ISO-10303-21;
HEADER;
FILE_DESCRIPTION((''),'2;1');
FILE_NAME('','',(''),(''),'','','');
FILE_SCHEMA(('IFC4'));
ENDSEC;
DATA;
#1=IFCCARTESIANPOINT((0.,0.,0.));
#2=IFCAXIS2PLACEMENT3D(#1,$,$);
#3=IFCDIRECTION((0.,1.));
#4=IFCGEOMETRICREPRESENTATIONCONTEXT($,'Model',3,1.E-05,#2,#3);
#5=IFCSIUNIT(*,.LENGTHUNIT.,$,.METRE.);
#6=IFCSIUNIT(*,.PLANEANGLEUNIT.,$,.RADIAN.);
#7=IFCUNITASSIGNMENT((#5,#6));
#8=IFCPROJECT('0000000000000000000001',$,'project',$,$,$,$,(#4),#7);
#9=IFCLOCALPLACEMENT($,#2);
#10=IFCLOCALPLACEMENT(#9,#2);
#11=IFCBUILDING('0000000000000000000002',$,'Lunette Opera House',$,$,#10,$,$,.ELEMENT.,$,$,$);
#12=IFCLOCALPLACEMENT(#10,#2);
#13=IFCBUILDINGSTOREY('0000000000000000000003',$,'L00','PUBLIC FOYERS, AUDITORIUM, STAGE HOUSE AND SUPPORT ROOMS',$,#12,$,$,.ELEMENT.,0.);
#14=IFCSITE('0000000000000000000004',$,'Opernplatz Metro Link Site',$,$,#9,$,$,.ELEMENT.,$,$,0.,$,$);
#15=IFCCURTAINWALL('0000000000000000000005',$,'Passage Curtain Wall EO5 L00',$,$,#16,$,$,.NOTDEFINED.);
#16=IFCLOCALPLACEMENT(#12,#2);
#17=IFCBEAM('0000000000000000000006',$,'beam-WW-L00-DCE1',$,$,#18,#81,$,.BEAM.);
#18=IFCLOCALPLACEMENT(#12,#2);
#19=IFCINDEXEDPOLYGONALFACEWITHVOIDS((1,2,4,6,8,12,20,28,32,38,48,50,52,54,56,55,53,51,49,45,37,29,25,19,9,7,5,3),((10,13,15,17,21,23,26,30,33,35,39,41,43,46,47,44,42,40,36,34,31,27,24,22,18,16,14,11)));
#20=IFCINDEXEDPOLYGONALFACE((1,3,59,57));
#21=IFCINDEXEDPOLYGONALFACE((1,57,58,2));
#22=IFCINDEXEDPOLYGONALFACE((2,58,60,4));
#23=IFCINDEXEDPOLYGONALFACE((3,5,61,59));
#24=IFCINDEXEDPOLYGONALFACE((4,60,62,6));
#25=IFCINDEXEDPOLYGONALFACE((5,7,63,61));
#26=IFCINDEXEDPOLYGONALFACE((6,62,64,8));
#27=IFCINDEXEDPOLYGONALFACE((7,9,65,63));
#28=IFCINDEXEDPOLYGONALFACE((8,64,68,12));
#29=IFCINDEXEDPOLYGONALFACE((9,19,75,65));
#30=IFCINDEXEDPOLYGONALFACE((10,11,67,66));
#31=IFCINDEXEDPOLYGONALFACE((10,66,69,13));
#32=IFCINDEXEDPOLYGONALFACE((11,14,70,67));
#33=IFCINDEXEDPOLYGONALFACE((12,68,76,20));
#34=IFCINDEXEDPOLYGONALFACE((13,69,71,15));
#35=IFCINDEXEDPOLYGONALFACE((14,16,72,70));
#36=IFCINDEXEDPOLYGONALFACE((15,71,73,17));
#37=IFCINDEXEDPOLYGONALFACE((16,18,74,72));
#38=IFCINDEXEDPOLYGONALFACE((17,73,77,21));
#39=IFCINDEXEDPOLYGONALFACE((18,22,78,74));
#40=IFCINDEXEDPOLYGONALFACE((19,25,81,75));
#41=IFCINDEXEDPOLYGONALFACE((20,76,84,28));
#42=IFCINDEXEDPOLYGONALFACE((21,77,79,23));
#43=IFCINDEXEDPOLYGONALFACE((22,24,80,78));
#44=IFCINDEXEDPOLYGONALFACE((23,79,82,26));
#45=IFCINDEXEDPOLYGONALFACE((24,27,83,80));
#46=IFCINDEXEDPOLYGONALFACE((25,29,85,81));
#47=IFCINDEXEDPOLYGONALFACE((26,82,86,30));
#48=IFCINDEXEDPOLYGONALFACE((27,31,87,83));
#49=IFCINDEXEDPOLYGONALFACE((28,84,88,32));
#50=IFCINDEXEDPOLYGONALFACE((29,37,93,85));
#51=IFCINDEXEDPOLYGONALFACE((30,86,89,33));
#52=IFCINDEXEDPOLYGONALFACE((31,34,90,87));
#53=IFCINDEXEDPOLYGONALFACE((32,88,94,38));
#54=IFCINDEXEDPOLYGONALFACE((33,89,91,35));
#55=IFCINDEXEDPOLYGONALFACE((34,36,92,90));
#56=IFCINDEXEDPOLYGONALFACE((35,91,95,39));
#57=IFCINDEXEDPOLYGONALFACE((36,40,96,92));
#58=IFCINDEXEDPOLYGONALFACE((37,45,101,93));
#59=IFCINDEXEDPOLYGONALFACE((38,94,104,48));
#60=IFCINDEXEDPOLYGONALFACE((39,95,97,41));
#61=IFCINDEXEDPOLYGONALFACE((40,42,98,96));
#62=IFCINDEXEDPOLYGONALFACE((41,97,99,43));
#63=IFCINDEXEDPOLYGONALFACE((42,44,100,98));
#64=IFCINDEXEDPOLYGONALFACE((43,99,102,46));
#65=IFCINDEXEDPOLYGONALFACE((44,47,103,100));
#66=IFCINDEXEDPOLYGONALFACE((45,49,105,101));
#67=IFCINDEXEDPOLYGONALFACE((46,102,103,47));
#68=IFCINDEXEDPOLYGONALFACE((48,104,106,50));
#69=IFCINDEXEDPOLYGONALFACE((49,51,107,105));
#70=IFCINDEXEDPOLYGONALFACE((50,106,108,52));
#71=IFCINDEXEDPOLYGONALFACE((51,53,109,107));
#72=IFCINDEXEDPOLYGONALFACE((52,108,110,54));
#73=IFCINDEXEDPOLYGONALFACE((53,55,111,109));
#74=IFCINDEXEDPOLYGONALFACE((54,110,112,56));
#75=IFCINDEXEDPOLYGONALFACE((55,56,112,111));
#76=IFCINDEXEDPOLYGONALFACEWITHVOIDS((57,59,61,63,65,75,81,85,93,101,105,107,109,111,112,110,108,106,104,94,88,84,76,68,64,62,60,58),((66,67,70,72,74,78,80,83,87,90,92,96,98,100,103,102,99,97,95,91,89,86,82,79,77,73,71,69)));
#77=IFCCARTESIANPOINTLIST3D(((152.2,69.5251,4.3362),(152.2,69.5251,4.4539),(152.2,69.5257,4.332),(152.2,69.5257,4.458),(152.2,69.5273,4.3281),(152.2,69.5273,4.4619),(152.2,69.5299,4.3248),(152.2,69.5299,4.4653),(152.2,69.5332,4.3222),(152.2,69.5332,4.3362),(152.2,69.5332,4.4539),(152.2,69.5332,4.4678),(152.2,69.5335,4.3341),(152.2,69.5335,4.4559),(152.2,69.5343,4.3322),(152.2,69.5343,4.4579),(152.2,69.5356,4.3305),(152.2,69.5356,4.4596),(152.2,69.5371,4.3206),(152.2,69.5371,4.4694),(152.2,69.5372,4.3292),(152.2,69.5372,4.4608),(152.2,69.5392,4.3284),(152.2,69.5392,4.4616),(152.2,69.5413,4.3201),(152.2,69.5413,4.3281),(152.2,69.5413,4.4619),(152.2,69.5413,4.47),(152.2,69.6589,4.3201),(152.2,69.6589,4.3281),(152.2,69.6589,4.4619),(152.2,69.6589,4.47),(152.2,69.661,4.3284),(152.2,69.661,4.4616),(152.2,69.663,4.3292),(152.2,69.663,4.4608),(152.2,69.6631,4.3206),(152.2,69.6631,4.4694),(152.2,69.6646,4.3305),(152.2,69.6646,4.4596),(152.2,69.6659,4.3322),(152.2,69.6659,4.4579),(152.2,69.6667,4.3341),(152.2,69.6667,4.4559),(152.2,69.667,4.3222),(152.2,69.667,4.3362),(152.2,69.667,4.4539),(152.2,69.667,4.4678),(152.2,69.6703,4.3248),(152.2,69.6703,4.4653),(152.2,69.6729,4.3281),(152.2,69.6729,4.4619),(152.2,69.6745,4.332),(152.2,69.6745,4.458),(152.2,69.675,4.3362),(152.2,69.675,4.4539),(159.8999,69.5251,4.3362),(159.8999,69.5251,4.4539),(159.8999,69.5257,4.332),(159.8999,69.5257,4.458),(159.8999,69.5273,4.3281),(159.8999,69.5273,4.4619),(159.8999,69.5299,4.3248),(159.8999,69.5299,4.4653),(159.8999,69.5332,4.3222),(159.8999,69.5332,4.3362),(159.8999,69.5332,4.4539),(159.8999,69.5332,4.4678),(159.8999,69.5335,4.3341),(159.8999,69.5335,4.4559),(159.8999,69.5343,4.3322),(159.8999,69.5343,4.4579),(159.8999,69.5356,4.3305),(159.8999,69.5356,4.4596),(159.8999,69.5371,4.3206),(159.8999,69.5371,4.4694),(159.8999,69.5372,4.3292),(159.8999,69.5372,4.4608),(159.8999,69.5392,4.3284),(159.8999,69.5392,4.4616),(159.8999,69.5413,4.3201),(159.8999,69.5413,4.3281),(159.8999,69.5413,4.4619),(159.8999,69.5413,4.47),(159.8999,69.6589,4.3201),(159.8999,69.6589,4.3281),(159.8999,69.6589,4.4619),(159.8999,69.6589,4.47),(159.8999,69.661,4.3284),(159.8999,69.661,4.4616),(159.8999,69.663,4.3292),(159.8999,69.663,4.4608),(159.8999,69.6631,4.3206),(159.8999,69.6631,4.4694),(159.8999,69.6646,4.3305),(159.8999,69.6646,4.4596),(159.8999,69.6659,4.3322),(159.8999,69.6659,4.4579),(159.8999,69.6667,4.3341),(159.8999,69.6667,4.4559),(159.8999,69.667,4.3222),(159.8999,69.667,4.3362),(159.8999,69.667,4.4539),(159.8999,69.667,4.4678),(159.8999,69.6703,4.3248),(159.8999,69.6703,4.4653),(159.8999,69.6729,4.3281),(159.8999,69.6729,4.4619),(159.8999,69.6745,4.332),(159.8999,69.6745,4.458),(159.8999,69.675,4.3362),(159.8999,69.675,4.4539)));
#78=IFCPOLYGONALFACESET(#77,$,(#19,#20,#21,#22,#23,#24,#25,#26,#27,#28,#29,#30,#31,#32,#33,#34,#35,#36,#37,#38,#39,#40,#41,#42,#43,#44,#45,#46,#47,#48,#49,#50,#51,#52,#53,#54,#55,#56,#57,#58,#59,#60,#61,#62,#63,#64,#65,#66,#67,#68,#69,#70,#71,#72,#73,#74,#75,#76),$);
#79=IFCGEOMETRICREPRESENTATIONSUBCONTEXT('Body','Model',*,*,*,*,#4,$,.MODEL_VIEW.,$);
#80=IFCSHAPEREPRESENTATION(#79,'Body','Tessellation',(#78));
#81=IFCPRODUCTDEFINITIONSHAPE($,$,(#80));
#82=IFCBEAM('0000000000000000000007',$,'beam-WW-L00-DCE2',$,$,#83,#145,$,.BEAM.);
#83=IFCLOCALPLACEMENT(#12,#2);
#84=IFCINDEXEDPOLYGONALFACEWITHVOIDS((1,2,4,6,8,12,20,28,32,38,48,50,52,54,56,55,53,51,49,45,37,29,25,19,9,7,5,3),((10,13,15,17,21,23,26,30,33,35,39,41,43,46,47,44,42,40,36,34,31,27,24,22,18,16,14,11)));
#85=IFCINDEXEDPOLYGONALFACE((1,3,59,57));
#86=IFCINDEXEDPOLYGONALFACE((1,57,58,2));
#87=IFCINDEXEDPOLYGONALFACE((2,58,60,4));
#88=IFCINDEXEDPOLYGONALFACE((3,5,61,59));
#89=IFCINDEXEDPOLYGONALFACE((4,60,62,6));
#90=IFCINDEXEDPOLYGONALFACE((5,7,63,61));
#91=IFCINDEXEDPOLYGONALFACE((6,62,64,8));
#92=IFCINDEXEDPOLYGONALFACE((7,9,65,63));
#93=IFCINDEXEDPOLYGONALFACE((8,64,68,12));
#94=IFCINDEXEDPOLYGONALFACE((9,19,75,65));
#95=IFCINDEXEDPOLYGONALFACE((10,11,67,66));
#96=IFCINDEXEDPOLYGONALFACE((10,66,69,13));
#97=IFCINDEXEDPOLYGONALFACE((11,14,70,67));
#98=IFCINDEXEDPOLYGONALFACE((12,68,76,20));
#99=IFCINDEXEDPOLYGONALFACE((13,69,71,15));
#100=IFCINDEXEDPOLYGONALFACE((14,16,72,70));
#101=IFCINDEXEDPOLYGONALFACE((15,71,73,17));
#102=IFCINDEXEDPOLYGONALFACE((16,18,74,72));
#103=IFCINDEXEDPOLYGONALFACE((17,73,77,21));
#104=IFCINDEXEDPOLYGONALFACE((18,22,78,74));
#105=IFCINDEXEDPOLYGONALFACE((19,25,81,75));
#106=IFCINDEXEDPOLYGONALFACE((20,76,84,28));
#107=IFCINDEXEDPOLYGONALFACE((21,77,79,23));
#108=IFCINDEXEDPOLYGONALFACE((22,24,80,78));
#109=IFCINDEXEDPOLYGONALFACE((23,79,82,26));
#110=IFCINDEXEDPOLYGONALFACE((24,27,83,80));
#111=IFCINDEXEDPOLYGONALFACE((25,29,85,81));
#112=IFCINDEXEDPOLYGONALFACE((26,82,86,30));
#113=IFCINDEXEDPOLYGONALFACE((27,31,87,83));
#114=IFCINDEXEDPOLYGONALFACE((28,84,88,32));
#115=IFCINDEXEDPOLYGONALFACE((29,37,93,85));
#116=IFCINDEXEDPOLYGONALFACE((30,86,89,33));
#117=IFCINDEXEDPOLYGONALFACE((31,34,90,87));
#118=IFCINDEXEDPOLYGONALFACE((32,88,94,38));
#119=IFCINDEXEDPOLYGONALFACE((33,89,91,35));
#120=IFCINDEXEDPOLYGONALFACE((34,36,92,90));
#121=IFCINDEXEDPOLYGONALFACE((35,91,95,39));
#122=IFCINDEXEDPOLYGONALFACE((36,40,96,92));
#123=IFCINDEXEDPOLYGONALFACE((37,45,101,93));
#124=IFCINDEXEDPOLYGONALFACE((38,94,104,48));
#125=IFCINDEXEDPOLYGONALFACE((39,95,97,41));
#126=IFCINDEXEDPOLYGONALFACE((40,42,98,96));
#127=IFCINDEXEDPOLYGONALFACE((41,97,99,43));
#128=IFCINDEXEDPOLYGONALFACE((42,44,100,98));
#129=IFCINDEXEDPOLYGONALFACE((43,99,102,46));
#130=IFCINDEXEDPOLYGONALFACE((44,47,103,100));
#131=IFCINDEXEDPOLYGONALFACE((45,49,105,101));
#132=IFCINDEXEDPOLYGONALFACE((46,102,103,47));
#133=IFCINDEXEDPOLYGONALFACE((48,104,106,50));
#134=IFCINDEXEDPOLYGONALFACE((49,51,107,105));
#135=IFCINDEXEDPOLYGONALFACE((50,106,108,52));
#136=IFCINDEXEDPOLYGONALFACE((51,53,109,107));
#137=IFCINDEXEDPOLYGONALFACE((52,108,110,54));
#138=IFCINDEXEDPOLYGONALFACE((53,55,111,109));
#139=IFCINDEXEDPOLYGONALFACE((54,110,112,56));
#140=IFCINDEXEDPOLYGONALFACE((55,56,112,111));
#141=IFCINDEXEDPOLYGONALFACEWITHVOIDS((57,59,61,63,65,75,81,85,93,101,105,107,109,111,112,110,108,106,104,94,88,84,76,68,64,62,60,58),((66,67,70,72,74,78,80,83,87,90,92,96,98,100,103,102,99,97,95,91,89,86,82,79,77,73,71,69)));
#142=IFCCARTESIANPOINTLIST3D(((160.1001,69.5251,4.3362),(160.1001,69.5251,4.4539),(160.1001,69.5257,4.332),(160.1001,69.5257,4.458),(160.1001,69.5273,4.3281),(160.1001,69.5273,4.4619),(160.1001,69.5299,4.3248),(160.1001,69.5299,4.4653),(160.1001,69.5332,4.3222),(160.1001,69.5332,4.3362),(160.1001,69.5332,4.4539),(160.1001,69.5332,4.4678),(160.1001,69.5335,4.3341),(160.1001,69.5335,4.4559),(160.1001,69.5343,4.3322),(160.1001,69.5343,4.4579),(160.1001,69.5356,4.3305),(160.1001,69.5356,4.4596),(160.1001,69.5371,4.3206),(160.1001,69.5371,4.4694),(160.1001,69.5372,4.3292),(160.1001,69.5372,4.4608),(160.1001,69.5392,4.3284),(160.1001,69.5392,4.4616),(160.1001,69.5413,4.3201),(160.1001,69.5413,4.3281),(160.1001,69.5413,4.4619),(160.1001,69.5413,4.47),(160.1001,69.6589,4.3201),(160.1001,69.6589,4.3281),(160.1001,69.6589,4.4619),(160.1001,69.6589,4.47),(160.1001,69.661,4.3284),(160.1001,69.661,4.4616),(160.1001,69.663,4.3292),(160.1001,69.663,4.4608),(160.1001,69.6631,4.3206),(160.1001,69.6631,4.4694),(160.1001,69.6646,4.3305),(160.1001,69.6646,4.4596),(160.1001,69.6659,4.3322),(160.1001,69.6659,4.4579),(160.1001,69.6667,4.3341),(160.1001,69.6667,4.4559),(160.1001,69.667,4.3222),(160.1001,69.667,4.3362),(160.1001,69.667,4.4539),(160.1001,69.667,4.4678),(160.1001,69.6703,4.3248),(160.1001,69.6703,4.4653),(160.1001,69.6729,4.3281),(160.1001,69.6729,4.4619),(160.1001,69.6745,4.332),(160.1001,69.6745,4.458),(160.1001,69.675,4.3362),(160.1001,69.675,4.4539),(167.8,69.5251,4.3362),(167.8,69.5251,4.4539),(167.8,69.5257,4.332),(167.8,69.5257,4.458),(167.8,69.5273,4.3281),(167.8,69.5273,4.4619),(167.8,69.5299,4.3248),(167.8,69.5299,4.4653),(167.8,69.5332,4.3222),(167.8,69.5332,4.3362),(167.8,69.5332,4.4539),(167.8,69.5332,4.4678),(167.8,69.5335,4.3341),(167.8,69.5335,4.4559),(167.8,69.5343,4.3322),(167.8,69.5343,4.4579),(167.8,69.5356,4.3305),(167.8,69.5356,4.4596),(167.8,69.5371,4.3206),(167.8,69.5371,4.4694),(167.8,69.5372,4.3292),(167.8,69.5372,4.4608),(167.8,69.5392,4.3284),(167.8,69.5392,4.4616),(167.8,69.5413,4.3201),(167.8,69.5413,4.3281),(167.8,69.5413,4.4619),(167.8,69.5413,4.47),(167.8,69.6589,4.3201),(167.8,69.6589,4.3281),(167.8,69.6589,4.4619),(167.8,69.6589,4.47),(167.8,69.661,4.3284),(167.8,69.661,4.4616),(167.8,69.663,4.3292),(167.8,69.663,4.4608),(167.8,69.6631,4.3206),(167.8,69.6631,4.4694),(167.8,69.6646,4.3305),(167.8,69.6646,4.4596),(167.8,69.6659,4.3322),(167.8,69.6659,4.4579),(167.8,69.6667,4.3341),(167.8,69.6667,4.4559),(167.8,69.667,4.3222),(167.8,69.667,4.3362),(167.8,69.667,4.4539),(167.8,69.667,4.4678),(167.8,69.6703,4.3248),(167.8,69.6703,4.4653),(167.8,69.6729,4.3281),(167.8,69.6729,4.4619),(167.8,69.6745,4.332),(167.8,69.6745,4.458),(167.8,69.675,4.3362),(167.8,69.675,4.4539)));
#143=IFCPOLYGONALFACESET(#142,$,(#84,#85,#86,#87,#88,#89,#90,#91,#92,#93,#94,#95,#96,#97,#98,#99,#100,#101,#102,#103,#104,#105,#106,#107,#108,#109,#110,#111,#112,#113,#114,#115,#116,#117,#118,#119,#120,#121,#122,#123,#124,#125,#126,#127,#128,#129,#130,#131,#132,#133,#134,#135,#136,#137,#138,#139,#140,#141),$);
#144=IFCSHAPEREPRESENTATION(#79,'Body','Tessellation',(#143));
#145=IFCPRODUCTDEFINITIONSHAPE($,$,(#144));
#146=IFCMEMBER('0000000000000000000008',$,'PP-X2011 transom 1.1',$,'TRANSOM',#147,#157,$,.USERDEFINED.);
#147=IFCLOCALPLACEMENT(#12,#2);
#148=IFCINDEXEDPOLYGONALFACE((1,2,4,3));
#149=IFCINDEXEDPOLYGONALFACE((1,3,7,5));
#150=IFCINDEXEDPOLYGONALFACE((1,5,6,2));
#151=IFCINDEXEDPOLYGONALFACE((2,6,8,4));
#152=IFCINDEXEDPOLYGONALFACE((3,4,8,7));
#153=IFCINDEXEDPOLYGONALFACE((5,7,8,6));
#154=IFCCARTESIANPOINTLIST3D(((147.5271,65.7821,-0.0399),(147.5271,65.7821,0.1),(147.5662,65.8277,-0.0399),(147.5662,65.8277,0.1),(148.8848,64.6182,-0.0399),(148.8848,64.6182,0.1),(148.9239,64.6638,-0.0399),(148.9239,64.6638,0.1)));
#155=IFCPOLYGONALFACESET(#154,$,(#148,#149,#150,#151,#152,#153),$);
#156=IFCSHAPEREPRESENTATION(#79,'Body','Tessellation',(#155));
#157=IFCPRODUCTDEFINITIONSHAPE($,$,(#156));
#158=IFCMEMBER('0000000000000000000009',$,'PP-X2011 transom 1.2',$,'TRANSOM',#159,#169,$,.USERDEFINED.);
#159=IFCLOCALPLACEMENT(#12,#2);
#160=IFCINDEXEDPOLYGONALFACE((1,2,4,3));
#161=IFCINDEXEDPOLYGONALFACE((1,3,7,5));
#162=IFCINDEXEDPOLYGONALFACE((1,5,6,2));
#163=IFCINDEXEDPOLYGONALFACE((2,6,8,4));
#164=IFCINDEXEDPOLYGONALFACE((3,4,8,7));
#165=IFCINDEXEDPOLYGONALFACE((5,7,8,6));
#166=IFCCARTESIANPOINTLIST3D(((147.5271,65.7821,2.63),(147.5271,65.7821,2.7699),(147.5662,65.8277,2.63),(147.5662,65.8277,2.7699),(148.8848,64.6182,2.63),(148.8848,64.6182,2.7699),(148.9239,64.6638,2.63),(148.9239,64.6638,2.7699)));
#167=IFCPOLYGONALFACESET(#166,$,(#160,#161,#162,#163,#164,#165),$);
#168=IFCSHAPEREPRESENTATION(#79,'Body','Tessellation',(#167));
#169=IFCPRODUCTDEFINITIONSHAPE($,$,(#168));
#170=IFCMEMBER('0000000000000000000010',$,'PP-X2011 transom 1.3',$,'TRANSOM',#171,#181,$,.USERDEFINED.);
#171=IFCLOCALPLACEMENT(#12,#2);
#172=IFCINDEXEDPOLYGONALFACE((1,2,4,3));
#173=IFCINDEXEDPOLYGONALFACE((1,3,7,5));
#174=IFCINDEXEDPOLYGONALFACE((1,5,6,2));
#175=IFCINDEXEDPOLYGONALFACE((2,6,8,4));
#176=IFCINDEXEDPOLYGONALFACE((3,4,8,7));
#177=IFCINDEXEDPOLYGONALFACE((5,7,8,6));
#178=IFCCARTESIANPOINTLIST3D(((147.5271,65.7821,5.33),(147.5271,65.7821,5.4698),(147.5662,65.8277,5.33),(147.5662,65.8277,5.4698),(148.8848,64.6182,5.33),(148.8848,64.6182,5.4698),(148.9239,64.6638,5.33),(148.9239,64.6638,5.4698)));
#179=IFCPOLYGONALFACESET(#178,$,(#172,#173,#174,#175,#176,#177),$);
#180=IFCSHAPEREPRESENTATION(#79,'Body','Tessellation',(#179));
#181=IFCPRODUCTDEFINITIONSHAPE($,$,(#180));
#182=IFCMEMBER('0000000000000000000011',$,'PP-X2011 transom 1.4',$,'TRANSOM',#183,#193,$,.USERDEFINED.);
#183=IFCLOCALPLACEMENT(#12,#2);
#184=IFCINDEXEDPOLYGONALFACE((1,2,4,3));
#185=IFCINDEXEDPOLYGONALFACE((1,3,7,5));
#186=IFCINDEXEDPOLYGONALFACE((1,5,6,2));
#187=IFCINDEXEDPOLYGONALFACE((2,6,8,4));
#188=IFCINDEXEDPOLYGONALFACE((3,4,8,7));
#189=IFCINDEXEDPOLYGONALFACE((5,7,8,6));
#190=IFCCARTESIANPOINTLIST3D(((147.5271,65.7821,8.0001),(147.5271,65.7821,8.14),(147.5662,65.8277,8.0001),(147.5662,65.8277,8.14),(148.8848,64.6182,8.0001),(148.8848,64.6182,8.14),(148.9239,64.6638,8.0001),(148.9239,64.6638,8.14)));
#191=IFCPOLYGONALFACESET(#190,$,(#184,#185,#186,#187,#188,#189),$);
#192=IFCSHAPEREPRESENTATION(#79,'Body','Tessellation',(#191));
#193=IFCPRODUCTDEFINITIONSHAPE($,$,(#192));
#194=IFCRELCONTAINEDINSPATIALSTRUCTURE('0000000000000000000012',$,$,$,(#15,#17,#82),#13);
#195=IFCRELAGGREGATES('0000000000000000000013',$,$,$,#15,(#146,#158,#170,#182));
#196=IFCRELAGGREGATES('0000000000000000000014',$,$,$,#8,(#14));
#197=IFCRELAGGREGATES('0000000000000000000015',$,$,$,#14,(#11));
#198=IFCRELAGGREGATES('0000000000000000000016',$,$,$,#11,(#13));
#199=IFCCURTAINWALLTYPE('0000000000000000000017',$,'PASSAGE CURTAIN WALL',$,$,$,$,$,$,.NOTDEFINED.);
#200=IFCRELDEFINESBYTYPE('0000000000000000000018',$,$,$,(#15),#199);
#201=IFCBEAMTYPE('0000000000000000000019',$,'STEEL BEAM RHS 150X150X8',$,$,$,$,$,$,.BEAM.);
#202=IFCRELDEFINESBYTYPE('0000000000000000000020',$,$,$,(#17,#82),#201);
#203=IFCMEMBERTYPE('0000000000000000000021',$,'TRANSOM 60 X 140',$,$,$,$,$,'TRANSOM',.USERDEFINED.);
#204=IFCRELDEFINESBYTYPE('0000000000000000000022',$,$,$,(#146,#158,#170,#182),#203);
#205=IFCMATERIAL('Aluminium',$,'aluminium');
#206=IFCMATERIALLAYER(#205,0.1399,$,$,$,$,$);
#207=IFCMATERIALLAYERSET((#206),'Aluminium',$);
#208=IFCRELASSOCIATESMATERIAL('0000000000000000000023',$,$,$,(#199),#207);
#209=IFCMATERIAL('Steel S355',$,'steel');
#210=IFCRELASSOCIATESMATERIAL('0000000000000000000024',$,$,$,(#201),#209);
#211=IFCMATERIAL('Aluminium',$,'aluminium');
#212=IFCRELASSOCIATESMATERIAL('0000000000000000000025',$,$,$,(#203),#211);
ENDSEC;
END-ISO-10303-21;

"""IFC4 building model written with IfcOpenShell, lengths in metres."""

from ifc_helpers import new_model, si_unit, direction, frame, origin, origin_2d, place, context, subcontext, project, spatial, rectangle, hollow_rectangle, extrude, material, layer, layer_set, material_profile, profile_set, type_object, element, aggregate, save


model = new_model("IFC4")

# Units and contexts
model_context = context("Model", 3, precision=1e-05, world=origin(), true_north=direction((0.0, 1.0)))
body_context = subcontext(model_context, "Body", "Model", "MODEL_VIEW")
ifc_project = project(units=[si_unit("LENGTHUNIT", "METRE"), si_unit("PLANEANGLEUNIT", "RADIAN")], contexts=[model_context])

# Site, building, storey
site_placement = place(None, origin())
site = spatial("IfcSite", under=ifc_project, at=site_placement, Name="Opernplatz Metro Link Site", CompositionType="ELEMENT", RefElevation=0.0)
building_placement = place(site_placement, origin())
building = spatial("IfcBuilding", under=site, at=building_placement, Name="Lunette Opera House", CompositionType="ELEMENT")
storey_placement = place(building_placement, origin())
storey = spatial("IfcBuildingStorey", under=building, at=storey_placement, Name="L00", Description="PUBLIC FOYERS, AUDITORIUM, STAGE HOUSE AND SUPPORT ROOMS", CompositionType="ELEMENT", Elevation=0.0)

# Curtain wall
ifc_material_1 = material(Name="Aluminium", Category="aluminium")
ifc_layer_1 = layer(ifc_material_1, 0.1399)
ifc_layer_set_1 = layer_set([ifc_layer_1], Name="Aluminium")
curtain_wall_type = type_object("IfcCurtainWallType", Name="PASSAGE CURTAIN WALL", PredefinedType="NOTDEFINED", material=ifc_layer_set_1)
curtain_wall_placement = place(storey_placement, origin())
curtain_wall = element("IfcCurtainWall", 1, at=curtain_wall_placement, inside=storey, type_object=curtain_wall_type, Name="Passage Curtain Wall EO5 L00", PredefinedType="NOTDEFINED")

# Beams
ifc_material_2 = material(Name="Steel S355", Category="steel")
ifc_material_profile_1 = material_profile(ifc_material_2, hollow_rectangle(XDim=0.1499, YDim=0.1499, WallThickness=0.0081, InnerFilletRadius=0.0081, OuterFilletRadius=0.0161, at=origin_2d()), Name="RHS 150X150X8")
ifc_profile_set_1 = profile_set([ifc_material_profile_1], Name="Steel S355")
beam_type_1 = type_object("IfcBeamType", Name="STEEL BEAM RHS 150X150X8", PredefinedType="BEAM", material=ifc_profile_set_1)
for number, where, z_axis, x_axis, name in (
    (2, (152.2, 69.6001, 4.395), (1.0, 0.0, 0.0), (0.0, 1.0, 0.0), "beam-WW-L00-DCE1"),
    (3, (160.1001, 69.6001, 4.395), (1.0, 0.0, 0.0), (0.0, 1.0, 0.0), "beam-WW-L00-DCE2"),
):
    element("IfcBeam", number, at=place(storey_placement, frame(where, z_axis=z_axis, x_axis=x_axis)), inside=storey, type_object=beam_type_1, Name=name, PredefinedType="BEAM", context=body_context, shape_type="SweptSolid", body=[
        extrude(hollow_rectangle(XDim=0.1499, YDim=0.1499, WallThickness=0.0081, InnerFilletRadius=0.0081, OuterFilletRadius=0.0161, at=origin_2d()), origin(), (0.0, 0.0, 1.0), 7.7),
    ])

# Members
ifc_material_3 = material(Name="Aluminium", Category="aluminium")
ifc_material_profile_2 = material_profile(ifc_material_3, rectangle(XDim=0.0601, YDim=0.1399, at=origin_2d()), Name="TRANSOM 60 X 140")
ifc_profile_set_2 = profile_set([ifc_material_profile_2], Name="Aluminium")
member_type_1 = type_object("IfcMemberType", Name="TRANSOM 60 X 140", ElementType="TRANSOM", PredefinedType="USERDEFINED", material=ifc_profile_set_2)
member_1_placement = place(storey_placement, frame((147.5466, 65.8049, 0.03), z_axis=(0.759228, -0.650825, 0.0), x_axis=(0.650825, 0.759228, 0.0)))
member_1 = element("IfcMember", 4, at=member_1_placement, type_object=member_type_1, Name="PP-X2011 transom 1.1", ObjectType="TRANSOM", PredefinedType="USERDEFINED", context=body_context, shape_type="SweptSolid", body=[
    extrude(rectangle(XDim=0.0601, YDim=0.1399, at=origin_2d()), origin(), (0.0, 0.0, 1.0), 1.7883),
])
member_2_placement = place(storey_placement, frame((147.5466, 65.8049, 2.7), z_axis=(0.759228, -0.650825, 0.0), x_axis=(0.650825, 0.759228, 0.0)))
member_2 = element("IfcMember", 5, at=member_2_placement, type_object=member_type_1, Name="PP-X2011 transom 1.2", ObjectType="TRANSOM", PredefinedType="USERDEFINED", context=body_context, shape_type="SweptSolid", body=[
    extrude(rectangle(XDim=0.0601, YDim=0.1399, at=origin_2d()), origin(), (0.0, 0.0, 1.0), 1.7883),
])
member_3_placement = place(storey_placement, frame((147.5466, 65.8049, 5.3999), z_axis=(0.759228, -0.650825, 0.0), x_axis=(0.650825, 0.759228, 0.0)))
member_3 = element("IfcMember", 6, at=member_3_placement, type_object=member_type_1, Name="PP-X2011 transom 1.3", ObjectType="TRANSOM", PredefinedType="USERDEFINED", context=body_context, shape_type="SweptSolid", body=[
    extrude(rectangle(XDim=0.0601, YDim=0.1399, at=origin_2d()), origin(), (0.0, 0.0, 1.0), 1.7883),
])
member_4_placement = place(storey_placement, frame((147.5466, 65.8049, 8.0701), z_axis=(0.759228, -0.650825, 0.0), x_axis=(0.650825, 0.759228, 0.0)))
member_4 = element("IfcMember", 7, at=member_4_placement, type_object=member_type_1, Name="PP-X2011 transom 1.4", ObjectType="TRANSOM", PredefinedType="USERDEFINED", context=body_context, shape_type="SweptSolid", body=[
    extrude(rectangle(XDim=0.0601, YDim=0.1399, at=origin_2d()), origin(), (0.0, 0.0, 1.0), 1.7883),
])

aggregate(curtain_wall, [member_1, member_2, member_3, member_4])

save(model, "model.ifc")
